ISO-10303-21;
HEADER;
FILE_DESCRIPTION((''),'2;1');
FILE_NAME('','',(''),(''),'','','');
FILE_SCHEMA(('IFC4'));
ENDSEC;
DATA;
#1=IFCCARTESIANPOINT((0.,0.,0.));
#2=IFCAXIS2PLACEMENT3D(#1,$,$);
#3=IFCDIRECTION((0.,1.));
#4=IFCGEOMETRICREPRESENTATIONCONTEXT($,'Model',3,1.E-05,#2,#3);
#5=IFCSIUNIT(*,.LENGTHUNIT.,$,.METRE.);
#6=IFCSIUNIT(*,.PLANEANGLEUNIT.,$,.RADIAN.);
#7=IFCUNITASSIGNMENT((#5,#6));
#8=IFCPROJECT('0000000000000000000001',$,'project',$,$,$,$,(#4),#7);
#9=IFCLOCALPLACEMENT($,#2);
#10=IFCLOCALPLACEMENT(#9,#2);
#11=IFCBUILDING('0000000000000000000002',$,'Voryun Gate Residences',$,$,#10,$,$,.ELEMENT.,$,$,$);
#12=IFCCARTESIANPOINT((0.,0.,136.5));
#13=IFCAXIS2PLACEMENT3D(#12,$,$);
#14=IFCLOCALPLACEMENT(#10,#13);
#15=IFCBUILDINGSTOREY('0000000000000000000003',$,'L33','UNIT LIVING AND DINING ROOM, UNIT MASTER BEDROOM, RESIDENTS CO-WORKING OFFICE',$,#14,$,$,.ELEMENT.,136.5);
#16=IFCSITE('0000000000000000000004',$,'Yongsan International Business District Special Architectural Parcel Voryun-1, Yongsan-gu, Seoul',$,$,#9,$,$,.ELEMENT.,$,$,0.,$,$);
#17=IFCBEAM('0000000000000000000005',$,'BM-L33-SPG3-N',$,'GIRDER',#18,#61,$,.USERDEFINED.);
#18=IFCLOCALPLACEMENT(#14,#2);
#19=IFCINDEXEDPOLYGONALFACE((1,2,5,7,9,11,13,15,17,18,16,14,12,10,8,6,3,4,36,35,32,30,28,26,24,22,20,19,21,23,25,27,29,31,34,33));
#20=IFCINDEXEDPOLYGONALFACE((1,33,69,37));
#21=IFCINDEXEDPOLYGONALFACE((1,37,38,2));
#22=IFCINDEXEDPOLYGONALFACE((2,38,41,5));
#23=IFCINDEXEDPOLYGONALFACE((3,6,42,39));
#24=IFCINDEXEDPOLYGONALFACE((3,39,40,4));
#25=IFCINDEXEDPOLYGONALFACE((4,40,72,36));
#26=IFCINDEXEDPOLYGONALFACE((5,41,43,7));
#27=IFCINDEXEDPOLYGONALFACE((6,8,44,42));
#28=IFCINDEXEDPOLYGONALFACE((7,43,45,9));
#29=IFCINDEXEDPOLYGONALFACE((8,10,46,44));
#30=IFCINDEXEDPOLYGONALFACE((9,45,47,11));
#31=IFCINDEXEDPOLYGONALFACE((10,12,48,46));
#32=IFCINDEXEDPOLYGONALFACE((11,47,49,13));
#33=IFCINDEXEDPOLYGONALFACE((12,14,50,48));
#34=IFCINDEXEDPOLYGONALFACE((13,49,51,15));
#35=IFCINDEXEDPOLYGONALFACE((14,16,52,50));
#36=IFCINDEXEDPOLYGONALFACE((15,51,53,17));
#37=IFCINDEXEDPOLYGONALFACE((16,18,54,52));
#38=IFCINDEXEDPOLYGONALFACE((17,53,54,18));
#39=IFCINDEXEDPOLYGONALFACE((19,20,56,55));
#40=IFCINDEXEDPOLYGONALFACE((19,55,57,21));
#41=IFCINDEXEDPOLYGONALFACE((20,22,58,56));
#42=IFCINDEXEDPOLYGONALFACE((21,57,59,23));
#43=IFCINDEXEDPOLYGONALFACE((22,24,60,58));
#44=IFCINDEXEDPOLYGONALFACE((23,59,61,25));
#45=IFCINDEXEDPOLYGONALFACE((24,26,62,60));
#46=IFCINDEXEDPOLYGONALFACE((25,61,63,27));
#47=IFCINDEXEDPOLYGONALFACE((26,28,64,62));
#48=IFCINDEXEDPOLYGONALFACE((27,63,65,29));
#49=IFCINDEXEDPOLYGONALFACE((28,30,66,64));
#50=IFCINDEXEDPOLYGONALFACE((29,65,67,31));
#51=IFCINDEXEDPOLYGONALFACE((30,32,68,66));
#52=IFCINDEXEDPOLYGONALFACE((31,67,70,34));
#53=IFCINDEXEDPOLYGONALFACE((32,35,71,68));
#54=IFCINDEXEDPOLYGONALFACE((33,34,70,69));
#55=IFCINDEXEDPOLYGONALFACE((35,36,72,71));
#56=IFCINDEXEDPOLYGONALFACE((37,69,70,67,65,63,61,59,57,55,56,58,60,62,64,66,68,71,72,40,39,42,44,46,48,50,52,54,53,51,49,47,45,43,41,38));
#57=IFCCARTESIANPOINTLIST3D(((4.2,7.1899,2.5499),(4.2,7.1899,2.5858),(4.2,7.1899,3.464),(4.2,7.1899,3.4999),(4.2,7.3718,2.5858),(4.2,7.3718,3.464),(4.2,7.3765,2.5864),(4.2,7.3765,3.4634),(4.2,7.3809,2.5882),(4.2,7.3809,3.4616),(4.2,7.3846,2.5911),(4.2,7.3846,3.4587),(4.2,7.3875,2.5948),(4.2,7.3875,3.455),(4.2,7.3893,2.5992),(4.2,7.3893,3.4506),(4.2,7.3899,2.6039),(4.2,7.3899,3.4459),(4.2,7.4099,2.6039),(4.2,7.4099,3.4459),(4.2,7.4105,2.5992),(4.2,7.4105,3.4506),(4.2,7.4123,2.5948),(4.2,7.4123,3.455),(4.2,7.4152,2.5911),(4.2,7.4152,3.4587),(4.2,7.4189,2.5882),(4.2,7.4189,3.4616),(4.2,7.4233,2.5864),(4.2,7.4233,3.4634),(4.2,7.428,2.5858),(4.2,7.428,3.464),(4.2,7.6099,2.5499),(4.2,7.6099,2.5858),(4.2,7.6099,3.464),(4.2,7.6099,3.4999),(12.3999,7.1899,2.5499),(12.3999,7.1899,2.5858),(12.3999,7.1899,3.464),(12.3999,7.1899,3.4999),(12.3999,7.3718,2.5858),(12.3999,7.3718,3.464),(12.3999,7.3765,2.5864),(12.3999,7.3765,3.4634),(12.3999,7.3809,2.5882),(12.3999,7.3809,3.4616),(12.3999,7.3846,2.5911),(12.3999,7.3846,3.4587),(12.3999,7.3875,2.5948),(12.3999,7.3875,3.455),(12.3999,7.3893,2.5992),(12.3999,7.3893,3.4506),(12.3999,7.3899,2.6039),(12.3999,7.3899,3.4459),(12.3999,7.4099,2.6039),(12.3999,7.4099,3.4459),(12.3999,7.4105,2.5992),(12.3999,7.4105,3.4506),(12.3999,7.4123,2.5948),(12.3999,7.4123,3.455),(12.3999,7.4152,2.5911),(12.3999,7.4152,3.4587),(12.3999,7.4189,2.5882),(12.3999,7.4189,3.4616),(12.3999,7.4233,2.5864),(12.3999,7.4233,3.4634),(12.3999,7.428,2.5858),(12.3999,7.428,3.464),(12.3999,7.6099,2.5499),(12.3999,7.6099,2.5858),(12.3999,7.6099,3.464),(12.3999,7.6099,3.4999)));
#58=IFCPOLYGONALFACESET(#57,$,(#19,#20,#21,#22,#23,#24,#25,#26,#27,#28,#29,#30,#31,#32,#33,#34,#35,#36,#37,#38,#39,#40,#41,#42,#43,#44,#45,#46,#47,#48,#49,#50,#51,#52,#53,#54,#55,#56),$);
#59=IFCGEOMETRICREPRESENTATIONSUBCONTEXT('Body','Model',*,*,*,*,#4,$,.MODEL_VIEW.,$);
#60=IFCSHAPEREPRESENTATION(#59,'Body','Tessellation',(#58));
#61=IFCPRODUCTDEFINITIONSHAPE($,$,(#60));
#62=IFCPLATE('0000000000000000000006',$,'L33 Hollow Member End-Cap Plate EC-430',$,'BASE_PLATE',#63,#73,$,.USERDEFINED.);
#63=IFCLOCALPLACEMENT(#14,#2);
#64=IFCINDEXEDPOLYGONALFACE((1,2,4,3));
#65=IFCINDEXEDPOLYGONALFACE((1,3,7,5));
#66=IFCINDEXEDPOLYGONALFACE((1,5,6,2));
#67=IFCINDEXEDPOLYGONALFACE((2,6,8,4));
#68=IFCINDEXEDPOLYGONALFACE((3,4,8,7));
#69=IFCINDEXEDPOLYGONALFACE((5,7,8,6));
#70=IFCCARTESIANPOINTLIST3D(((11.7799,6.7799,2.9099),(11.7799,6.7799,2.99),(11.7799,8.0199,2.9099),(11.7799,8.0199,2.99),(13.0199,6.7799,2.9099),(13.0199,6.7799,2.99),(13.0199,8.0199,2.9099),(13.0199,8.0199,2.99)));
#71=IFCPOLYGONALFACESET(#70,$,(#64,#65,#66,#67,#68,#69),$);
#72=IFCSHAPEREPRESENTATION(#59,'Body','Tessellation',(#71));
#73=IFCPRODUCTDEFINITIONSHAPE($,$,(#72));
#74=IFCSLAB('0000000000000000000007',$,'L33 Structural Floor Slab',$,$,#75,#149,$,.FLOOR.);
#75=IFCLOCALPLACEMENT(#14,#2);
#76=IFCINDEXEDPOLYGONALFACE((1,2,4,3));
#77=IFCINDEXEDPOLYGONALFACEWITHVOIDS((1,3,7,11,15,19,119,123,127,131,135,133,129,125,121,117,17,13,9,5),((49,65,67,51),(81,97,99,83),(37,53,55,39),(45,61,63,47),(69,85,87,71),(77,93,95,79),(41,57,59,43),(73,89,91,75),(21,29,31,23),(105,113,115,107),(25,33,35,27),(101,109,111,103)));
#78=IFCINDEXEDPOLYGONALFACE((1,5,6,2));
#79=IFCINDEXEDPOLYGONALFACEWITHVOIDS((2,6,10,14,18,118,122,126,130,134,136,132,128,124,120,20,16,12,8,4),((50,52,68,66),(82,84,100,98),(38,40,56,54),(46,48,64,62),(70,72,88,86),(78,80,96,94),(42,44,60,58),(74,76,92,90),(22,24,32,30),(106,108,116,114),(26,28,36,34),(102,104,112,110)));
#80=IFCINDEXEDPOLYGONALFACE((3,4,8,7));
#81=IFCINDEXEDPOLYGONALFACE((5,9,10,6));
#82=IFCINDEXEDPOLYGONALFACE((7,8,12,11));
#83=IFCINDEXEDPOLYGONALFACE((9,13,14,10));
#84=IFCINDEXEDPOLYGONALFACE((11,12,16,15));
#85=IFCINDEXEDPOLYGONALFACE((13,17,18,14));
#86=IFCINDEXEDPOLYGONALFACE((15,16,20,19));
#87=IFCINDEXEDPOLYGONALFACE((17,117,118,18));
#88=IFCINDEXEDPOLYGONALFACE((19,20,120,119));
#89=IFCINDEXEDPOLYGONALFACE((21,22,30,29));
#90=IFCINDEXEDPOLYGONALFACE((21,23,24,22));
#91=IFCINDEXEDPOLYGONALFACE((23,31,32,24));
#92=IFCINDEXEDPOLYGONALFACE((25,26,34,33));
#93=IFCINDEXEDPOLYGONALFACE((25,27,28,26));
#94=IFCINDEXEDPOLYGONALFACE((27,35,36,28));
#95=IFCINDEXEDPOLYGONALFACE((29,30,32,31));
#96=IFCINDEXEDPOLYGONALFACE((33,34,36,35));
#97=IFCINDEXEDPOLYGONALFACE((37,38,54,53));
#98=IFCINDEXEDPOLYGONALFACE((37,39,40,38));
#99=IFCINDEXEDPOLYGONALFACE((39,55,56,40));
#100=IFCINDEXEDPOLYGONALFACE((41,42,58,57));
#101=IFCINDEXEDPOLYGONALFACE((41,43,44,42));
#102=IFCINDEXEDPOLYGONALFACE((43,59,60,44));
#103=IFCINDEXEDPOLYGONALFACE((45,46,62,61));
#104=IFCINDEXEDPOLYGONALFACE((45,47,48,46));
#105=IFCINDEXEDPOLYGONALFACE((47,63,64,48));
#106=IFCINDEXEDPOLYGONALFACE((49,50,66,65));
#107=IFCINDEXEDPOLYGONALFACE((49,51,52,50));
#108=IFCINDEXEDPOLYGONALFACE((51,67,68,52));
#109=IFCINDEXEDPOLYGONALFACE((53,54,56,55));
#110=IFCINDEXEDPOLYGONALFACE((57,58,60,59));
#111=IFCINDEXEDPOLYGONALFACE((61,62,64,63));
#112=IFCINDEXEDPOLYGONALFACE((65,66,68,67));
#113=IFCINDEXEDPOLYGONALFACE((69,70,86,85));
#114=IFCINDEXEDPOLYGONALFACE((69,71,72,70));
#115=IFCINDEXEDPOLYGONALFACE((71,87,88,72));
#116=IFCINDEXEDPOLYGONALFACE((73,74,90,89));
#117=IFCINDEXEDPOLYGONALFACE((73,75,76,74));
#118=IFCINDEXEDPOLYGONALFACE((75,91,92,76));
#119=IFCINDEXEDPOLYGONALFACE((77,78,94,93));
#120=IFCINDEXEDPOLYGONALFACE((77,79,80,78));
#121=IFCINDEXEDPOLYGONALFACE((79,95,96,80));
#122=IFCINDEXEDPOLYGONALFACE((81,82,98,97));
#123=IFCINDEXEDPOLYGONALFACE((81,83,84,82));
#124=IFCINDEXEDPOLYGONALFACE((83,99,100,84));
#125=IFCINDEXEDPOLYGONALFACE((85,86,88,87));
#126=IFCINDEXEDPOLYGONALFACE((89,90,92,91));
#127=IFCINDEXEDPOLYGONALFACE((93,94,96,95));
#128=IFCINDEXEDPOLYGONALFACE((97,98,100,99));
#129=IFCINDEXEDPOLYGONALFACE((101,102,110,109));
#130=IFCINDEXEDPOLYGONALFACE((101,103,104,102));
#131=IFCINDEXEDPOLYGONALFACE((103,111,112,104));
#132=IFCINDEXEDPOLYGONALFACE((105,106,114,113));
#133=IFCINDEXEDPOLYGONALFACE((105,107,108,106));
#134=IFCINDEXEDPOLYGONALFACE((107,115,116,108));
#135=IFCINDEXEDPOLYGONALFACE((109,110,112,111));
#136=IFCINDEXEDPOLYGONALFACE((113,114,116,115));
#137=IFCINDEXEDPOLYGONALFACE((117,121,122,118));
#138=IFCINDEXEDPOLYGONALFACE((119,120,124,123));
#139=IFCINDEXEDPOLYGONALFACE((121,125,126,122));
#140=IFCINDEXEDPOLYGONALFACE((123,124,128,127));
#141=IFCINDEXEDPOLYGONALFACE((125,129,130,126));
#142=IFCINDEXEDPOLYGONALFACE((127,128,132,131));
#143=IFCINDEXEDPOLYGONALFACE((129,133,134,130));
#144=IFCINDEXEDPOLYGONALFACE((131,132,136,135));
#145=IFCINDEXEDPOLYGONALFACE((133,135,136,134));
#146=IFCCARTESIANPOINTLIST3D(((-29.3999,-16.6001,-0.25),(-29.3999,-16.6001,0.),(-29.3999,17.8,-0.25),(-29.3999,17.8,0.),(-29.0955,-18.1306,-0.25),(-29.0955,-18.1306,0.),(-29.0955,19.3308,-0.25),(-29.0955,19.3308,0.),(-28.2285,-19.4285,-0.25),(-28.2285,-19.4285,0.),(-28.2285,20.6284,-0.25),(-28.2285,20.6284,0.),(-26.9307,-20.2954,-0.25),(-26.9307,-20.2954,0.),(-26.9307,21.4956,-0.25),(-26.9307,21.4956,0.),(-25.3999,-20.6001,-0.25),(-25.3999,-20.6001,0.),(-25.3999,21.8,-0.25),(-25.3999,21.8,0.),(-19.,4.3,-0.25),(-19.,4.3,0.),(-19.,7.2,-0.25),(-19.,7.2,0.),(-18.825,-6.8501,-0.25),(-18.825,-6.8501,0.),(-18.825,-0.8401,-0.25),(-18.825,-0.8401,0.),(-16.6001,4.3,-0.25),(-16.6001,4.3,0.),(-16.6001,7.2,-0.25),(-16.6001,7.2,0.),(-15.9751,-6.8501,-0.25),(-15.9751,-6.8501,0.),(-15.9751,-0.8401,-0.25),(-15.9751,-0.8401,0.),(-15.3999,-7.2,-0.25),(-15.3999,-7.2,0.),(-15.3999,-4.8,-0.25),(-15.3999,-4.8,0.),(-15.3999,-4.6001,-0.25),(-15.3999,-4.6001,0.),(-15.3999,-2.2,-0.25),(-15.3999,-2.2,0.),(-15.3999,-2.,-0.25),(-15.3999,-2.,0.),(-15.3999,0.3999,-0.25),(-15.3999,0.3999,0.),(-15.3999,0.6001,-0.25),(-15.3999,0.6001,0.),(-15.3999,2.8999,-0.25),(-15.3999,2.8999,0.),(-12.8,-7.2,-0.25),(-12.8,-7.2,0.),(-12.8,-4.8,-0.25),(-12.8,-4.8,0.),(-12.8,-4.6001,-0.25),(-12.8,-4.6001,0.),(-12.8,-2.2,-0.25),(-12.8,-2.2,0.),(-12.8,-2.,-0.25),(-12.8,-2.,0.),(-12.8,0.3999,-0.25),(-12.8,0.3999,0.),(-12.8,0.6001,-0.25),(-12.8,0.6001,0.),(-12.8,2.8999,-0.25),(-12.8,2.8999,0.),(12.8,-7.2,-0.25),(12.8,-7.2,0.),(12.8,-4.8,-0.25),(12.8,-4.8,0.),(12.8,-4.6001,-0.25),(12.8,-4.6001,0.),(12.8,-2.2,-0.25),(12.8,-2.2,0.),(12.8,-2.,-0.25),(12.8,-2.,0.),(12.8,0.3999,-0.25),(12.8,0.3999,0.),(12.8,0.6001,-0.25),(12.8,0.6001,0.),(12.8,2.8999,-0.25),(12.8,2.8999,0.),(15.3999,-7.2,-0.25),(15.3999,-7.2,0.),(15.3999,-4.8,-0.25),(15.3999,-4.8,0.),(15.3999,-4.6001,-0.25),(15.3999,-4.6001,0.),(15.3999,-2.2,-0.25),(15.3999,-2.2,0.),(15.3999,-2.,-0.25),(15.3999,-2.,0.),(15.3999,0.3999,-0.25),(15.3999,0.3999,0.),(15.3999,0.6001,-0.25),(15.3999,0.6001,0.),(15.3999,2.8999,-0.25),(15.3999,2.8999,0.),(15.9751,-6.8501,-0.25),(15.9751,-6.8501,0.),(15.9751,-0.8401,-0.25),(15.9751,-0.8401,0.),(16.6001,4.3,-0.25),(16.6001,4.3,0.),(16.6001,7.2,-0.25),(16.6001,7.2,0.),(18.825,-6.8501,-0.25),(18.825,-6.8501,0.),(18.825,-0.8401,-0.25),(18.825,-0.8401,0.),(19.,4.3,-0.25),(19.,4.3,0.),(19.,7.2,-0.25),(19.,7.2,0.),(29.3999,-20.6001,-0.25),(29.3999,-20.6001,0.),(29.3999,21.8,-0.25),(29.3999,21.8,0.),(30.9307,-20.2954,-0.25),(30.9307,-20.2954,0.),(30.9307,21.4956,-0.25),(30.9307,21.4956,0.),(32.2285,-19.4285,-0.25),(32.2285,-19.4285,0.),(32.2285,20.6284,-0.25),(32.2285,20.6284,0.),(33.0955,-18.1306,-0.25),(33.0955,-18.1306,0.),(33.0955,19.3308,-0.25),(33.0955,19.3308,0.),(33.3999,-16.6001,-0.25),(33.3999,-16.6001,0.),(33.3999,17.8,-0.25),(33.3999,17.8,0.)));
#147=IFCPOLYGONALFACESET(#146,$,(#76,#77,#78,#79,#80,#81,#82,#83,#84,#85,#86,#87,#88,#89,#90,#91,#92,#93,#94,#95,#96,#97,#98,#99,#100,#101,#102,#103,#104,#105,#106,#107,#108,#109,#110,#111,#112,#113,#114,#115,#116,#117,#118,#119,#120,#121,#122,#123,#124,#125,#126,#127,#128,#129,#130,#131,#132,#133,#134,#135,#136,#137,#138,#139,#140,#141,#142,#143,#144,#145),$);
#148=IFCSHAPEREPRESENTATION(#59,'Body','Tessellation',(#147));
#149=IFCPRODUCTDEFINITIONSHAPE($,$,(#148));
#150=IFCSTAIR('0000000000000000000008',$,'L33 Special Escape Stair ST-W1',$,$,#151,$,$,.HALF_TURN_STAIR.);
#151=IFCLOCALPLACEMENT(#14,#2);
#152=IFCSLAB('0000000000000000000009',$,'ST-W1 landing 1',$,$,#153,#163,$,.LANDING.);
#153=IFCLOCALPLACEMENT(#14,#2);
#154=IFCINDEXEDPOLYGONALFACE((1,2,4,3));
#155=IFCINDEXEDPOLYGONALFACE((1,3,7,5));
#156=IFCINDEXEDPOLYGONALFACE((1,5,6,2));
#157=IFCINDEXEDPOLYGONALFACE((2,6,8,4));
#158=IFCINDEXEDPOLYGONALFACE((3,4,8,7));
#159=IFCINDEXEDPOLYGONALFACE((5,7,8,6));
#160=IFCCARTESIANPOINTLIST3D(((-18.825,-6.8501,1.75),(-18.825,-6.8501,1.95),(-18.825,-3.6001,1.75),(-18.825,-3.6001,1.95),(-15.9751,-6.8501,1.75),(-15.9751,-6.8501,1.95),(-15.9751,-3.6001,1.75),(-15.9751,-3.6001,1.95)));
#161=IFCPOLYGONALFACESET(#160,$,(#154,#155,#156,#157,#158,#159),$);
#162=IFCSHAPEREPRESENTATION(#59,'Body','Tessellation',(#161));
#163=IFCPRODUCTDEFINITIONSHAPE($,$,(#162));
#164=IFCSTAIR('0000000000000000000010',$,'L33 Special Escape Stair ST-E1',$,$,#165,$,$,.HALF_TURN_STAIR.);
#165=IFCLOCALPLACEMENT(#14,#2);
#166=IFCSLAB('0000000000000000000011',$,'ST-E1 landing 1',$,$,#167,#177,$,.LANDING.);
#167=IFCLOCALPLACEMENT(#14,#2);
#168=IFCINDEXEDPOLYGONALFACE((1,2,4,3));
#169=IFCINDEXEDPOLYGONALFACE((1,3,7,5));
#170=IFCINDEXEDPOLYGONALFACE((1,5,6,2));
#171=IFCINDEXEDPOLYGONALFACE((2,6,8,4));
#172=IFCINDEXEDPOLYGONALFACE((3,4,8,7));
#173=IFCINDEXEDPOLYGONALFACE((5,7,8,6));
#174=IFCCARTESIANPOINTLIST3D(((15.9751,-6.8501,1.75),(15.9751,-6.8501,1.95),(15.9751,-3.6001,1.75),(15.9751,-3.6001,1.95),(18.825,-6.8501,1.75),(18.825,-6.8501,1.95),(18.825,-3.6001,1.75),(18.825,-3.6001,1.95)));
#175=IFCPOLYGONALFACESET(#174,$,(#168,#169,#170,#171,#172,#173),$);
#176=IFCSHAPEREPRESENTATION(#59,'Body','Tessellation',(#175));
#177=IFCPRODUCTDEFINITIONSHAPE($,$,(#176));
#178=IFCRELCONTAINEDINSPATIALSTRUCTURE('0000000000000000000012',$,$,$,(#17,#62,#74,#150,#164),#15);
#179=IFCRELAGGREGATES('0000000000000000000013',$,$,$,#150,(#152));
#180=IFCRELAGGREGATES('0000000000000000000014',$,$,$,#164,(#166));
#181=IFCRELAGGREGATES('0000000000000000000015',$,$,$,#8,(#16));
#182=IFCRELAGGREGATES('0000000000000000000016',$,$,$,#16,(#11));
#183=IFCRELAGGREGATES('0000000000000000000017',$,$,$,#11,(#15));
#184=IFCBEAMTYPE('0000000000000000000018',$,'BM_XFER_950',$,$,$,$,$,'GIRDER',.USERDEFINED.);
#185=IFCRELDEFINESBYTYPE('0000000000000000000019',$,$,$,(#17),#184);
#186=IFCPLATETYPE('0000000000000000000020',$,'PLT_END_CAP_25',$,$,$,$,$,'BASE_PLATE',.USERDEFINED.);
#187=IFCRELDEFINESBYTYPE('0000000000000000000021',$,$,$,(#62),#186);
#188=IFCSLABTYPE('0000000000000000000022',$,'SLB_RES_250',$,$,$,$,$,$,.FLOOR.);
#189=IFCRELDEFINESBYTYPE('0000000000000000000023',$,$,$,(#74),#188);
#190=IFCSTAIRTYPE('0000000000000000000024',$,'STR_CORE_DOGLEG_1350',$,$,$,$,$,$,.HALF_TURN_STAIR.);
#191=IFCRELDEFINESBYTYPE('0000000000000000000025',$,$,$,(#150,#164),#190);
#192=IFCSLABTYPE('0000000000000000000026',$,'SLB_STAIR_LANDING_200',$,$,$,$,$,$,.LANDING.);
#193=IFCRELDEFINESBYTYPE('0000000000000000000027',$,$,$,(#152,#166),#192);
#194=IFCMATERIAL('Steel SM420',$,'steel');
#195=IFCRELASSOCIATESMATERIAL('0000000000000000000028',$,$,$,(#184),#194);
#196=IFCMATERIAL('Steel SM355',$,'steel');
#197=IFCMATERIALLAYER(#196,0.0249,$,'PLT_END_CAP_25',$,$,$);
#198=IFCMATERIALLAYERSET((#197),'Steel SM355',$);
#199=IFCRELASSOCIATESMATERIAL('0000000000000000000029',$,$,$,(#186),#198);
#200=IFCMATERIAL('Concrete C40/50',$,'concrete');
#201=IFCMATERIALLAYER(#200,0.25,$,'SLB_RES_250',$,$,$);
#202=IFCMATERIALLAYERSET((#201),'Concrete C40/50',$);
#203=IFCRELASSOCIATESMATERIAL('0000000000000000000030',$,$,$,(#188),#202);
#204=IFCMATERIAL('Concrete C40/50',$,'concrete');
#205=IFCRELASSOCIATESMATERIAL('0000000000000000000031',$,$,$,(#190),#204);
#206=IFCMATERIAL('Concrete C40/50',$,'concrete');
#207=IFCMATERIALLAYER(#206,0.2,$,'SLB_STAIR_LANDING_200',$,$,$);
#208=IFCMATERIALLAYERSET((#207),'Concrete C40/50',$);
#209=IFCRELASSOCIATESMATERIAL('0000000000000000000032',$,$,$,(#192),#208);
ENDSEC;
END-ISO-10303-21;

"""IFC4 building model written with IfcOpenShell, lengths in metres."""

from ifc_helpers import new_model, si_unit, direction, frame, origin, origin_2d, place, context, subcontext, project, spatial, polyline, rectangle, i_section, outline, extrude, material, layer, layer_set, material_profile, profile_set, type_object, element, aggregate, save


model = new_model("IFC4")

# Units and contexts
model_context = context("Model", 3, precision=1e-05, world=origin(), true_north=direction((0.0, 1.0)))
body_context = subcontext(model_context, "Body", "Model", "MODEL_VIEW")
ifc_project = project(units=[si_unit("LENGTHUNIT", "METRE"), si_unit("PLANEANGLEUNIT", "RADIAN")], contexts=[model_context])

# Site, building, storey
site_placement = place(None, origin())
site = spatial("IfcSite", under=ifc_project, at=site_placement, Name="Yongsan International Business District Special Architectural Parcel Voryun-1, Yongsan-gu, Seoul", CompositionType="ELEMENT", RefElevation=0.0)
building_placement = place(site_placement, origin())
building = spatial("IfcBuilding", under=site, at=building_placement, Name="Voryun Gate Residences", CompositionType="ELEMENT")
storey_placement = place(building_placement, frame((0.0, 0.0, 136.5)))
storey = spatial("IfcBuildingStorey", under=building, at=storey_placement, Name="L33", Description="UNIT LIVING AND DINING ROOM, UNIT MASTER BEDROOM, RESIDENTS CO-WORKING OFFICE", CompositionType="ELEMENT", Elevation=136.5)

# Beam
ifc_material_1 = material(Name="Steel SM420", Category="steel")
ifc_material_profile_1 = material_profile(ifc_material_1, i_section(OverallWidth=0.4199, OverallDepth=0.95, WebThickness=0.02, FlangeThickness=0.0359, FilletRadius=0.0181, at=origin_2d()), Name="H-950x420x20x36")
ifc_profile_set_1 = profile_set([ifc_material_profile_1], Name="Steel SM420")
beam_type_1 = type_object("IfcBeamType", Name="BM_XFER_950", ElementType="GIRDER", PredefinedType="USERDEFINED", material=ifc_profile_set_1)
beam_1_placement = place(storey_placement, frame((4.2, 7.3999, 3.0249), z_axis=(1.0, 0.0, 0.0), x_axis=(0.0, 1.0, 0.0)))
element("IfcBeam", 1, at=beam_1_placement, inside=storey, type_object=beam_type_1, Name="BM-L33-SPG3-N", ObjectType="GIRDER", PredefinedType="USERDEFINED", context=body_context, shape_type="SweptSolid", body=[
    extrude(i_section(OverallWidth=0.4199, OverallDepth=0.95, WebThickness=0.02, FlangeThickness=0.0359, FilletRadius=0.0181, at=origin_2d()), origin(), (0.0, 0.0, 1.0), 8.2),
])

# Plate
ifc_material_2 = material(Name="Steel SM355", Category="steel")
ifc_layer_1 = layer(ifc_material_2, 0.0249, Name="PLT_END_CAP_25")
ifc_layer_set_1 = layer_set([ifc_layer_1], Name="Steel SM355")
plate_type = type_object("IfcPlateType", Name="PLT_END_CAP_25", ElementType="BASE_PLATE", PredefinedType="USERDEFINED", material=ifc_layer_set_1)
plate_placement = place(storey_placement, frame((12.3999, 7.3999, 2.9099), z_axis=(0.0, 0.0, 1.0), x_axis=(1.0, 0.0, 0.0)))
element("IfcPlate", 2, at=plate_placement, inside=storey, type_object=plate_type, Name="L33 Hollow Member End-Cap Plate EC-430", ObjectType="BASE_PLATE", PredefinedType="USERDEFINED", context=body_context, shape_type="SweptSolid", body=[
    extrude(rectangle(XDim=1.24, YDim=1.24, at=origin_2d()), origin(), (0.0, 0.0, 1.0), 0.0801),
])

# Slab
ifc_material_3 = material(Name="Concrete C40/50", Category="concrete")
ifc_layer_2 = layer(ifc_material_3, 0.25, Name="SLB_RES_250")
ifc_layer_set_2 = layer_set([ifc_layer_2], Name="Concrete C40/50")
slab_type_1 = type_object("IfcSlabType", Name="SLB_RES_250", PredefinedType="FLOOR", material=ifc_layer_set_2)
slab_1_placement = place(storey_placement, frame((0.0, 0.0, -0.25)))
element("IfcSlab", 3, at=slab_1_placement, inside=storey, type_object=slab_type_1, Name="L33 Structural Floor Slab", PredefinedType="FLOOR", context=body_context, shape_type="SweptSolid", body=[
    extrude(outline(polyline([(-25.3999, -20.6001), (-26.9307, -20.2954), (-28.2285, -19.4285), (-29.0955, -18.1306), (-29.3999, -16.6001), (-29.3999, 17.8), (-29.0955, 19.3308), (-28.2285, 20.6284), (-26.9307, 21.4956), (-25.3999, 21.8), (29.3999, 21.8), (30.9307, 21.4956), (32.2285, 20.6284), (33.0955, 19.3308), (33.3999, 17.8), (33.3999, -16.6001), (33.0955, -18.1306), (32.2285, -19.4285), (30.9307, -20.2954), (29.3999, -20.6001), (-25.3999, -20.6001)]), holes=[polyline([(-12.8, -4.8), (-15.3999, -4.8), (-15.3999, -7.2), (-12.8, -7.2), (-12.8, -4.8)]), polyline([(-18.825, -6.8501), (-15.9751, -6.8501), (-15.9751, -0.8401), (-18.825, -0.8401), (-18.825, -6.8501)]), polyline([(-12.8, -4.6001), (-12.8, -2.2), (-15.3999, -2.2), (-15.3999, -4.6001), (-12.8, -4.6001)]), polyline([(-12.8, 0.3999), (-15.3999, 0.3999), (-15.3999, -2.0), (-12.8, -2.0), (-12.8, 0.3999)]), polyline([(-12.8, 0.6001), (-12.8, 2.8999), (-15.3999, 2.8999), (-15.3999, 0.6001), (-12.8, 0.6001)]), polyline([(-16.6001, 4.3), (-16.6001, 7.2), (-19.0, 7.2), (-19.0, 4.3), (-16.6001, 4.3)]), polyline([(15.3999, -4.8), (12.8, -4.8), (12.8, -7.2), (15.3999, -7.2), (15.3999, -4.8)]), polyline([(15.9751, -6.8501), (18.825, -6.8501), (18.825, -0.8401), (15.9751, -0.8401), (15.9751, -6.8501)]), polyline([(15.3999, -4.6001), (15.3999, -2.2), (12.8, -2.2), (12.8, -4.6001), (15.3999, -4.6001)]), polyline([(15.3999, 0.3999), (12.8, 0.3999), (12.8, -2.0), (15.3999, -2.0), (15.3999, 0.3999)]), polyline([(15.3999, 0.6001), (15.3999, 2.8999), (12.8, 2.8999), (12.8, 0.6001), (15.3999, 0.6001)]), polyline([(19.0, 4.3), (19.0, 7.2), (16.6001, 7.2), (16.6001, 4.3), (19.0, 4.3)])]), origin(), (0.0, 0.0, 1.0), 0.25),
])

# Stairs, slabs
ifc_material_4 = material(Name="Concrete C40/50", Category="concrete")
stair_type = type_object("IfcStairType", Name="STR_CORE_DOGLEG_1350", PredefinedType="HALF_TURN_STAIR", material=ifc_material_4)
stair_1_placement = place(storey_placement, origin())
stair_1 = element("IfcStair", 4, at=stair_1_placement, inside=storey, type_object=stair_type, Name="L33 Special Escape Stair ST-W1", PredefinedType="HALF_TURN_STAIR")
ifc_material_5 = material(Name="Concrete C40/50", Category="concrete")
ifc_layer_3 = layer(ifc_material_5, 0.2, Name="SLB_STAIR_LANDING_200")
ifc_layer_set_3 = layer_set([ifc_layer_3], Name="Concrete C40/50")
slab_type_2 = type_object("IfcSlabType", Name="SLB_STAIR_LANDING_200", PredefinedType="LANDING", material=ifc_layer_set_3)
slab_2_placement = place(storey_placement, frame((0.0, 0.0, 1.75)))
slab_2 = element("IfcSlab", 5, at=slab_2_placement, type_object=slab_type_2, Name="ST-W1 landing 1", PredefinedType="LANDING", context=body_context, shape_type="SweptSolid", body=[
    extrude(outline(polyline([(-18.825, -3.6001), (-18.825, -6.8501), (-15.9751, -6.8501), (-15.9751, -3.6001), (-18.825, -3.6001)])), origin(), (0.0, 0.0, 1.0), 0.2),
])
aggregate(stair_1, [slab_2])
stair_2_placement = place(storey_placement, origin())
stair_2 = element("IfcStair", 6, at=stair_2_placement, inside=storey, type_object=stair_type, Name="L33 Special Escape Stair ST-E1", PredefinedType="HALF_TURN_STAIR")
slab_3_placement = place(storey_placement, frame((0.0, 0.0, 1.75)))
slab_3 = element("IfcSlab", 7, at=slab_3_placement, type_object=slab_type_2, Name="ST-E1 landing 1", PredefinedType="LANDING", context=body_context, shape_type="SweptSolid", body=[
    extrude(outline(polyline([(15.9751, -3.6001), (15.9751, -6.8501), (18.825, -6.8501), (18.825, -3.6001), (15.9751, -3.6001)])), origin(), (0.0, 0.0, 1.0), 0.2),
])
aggregate(stair_2, [slab_3])

save(model, "model.ifc")
